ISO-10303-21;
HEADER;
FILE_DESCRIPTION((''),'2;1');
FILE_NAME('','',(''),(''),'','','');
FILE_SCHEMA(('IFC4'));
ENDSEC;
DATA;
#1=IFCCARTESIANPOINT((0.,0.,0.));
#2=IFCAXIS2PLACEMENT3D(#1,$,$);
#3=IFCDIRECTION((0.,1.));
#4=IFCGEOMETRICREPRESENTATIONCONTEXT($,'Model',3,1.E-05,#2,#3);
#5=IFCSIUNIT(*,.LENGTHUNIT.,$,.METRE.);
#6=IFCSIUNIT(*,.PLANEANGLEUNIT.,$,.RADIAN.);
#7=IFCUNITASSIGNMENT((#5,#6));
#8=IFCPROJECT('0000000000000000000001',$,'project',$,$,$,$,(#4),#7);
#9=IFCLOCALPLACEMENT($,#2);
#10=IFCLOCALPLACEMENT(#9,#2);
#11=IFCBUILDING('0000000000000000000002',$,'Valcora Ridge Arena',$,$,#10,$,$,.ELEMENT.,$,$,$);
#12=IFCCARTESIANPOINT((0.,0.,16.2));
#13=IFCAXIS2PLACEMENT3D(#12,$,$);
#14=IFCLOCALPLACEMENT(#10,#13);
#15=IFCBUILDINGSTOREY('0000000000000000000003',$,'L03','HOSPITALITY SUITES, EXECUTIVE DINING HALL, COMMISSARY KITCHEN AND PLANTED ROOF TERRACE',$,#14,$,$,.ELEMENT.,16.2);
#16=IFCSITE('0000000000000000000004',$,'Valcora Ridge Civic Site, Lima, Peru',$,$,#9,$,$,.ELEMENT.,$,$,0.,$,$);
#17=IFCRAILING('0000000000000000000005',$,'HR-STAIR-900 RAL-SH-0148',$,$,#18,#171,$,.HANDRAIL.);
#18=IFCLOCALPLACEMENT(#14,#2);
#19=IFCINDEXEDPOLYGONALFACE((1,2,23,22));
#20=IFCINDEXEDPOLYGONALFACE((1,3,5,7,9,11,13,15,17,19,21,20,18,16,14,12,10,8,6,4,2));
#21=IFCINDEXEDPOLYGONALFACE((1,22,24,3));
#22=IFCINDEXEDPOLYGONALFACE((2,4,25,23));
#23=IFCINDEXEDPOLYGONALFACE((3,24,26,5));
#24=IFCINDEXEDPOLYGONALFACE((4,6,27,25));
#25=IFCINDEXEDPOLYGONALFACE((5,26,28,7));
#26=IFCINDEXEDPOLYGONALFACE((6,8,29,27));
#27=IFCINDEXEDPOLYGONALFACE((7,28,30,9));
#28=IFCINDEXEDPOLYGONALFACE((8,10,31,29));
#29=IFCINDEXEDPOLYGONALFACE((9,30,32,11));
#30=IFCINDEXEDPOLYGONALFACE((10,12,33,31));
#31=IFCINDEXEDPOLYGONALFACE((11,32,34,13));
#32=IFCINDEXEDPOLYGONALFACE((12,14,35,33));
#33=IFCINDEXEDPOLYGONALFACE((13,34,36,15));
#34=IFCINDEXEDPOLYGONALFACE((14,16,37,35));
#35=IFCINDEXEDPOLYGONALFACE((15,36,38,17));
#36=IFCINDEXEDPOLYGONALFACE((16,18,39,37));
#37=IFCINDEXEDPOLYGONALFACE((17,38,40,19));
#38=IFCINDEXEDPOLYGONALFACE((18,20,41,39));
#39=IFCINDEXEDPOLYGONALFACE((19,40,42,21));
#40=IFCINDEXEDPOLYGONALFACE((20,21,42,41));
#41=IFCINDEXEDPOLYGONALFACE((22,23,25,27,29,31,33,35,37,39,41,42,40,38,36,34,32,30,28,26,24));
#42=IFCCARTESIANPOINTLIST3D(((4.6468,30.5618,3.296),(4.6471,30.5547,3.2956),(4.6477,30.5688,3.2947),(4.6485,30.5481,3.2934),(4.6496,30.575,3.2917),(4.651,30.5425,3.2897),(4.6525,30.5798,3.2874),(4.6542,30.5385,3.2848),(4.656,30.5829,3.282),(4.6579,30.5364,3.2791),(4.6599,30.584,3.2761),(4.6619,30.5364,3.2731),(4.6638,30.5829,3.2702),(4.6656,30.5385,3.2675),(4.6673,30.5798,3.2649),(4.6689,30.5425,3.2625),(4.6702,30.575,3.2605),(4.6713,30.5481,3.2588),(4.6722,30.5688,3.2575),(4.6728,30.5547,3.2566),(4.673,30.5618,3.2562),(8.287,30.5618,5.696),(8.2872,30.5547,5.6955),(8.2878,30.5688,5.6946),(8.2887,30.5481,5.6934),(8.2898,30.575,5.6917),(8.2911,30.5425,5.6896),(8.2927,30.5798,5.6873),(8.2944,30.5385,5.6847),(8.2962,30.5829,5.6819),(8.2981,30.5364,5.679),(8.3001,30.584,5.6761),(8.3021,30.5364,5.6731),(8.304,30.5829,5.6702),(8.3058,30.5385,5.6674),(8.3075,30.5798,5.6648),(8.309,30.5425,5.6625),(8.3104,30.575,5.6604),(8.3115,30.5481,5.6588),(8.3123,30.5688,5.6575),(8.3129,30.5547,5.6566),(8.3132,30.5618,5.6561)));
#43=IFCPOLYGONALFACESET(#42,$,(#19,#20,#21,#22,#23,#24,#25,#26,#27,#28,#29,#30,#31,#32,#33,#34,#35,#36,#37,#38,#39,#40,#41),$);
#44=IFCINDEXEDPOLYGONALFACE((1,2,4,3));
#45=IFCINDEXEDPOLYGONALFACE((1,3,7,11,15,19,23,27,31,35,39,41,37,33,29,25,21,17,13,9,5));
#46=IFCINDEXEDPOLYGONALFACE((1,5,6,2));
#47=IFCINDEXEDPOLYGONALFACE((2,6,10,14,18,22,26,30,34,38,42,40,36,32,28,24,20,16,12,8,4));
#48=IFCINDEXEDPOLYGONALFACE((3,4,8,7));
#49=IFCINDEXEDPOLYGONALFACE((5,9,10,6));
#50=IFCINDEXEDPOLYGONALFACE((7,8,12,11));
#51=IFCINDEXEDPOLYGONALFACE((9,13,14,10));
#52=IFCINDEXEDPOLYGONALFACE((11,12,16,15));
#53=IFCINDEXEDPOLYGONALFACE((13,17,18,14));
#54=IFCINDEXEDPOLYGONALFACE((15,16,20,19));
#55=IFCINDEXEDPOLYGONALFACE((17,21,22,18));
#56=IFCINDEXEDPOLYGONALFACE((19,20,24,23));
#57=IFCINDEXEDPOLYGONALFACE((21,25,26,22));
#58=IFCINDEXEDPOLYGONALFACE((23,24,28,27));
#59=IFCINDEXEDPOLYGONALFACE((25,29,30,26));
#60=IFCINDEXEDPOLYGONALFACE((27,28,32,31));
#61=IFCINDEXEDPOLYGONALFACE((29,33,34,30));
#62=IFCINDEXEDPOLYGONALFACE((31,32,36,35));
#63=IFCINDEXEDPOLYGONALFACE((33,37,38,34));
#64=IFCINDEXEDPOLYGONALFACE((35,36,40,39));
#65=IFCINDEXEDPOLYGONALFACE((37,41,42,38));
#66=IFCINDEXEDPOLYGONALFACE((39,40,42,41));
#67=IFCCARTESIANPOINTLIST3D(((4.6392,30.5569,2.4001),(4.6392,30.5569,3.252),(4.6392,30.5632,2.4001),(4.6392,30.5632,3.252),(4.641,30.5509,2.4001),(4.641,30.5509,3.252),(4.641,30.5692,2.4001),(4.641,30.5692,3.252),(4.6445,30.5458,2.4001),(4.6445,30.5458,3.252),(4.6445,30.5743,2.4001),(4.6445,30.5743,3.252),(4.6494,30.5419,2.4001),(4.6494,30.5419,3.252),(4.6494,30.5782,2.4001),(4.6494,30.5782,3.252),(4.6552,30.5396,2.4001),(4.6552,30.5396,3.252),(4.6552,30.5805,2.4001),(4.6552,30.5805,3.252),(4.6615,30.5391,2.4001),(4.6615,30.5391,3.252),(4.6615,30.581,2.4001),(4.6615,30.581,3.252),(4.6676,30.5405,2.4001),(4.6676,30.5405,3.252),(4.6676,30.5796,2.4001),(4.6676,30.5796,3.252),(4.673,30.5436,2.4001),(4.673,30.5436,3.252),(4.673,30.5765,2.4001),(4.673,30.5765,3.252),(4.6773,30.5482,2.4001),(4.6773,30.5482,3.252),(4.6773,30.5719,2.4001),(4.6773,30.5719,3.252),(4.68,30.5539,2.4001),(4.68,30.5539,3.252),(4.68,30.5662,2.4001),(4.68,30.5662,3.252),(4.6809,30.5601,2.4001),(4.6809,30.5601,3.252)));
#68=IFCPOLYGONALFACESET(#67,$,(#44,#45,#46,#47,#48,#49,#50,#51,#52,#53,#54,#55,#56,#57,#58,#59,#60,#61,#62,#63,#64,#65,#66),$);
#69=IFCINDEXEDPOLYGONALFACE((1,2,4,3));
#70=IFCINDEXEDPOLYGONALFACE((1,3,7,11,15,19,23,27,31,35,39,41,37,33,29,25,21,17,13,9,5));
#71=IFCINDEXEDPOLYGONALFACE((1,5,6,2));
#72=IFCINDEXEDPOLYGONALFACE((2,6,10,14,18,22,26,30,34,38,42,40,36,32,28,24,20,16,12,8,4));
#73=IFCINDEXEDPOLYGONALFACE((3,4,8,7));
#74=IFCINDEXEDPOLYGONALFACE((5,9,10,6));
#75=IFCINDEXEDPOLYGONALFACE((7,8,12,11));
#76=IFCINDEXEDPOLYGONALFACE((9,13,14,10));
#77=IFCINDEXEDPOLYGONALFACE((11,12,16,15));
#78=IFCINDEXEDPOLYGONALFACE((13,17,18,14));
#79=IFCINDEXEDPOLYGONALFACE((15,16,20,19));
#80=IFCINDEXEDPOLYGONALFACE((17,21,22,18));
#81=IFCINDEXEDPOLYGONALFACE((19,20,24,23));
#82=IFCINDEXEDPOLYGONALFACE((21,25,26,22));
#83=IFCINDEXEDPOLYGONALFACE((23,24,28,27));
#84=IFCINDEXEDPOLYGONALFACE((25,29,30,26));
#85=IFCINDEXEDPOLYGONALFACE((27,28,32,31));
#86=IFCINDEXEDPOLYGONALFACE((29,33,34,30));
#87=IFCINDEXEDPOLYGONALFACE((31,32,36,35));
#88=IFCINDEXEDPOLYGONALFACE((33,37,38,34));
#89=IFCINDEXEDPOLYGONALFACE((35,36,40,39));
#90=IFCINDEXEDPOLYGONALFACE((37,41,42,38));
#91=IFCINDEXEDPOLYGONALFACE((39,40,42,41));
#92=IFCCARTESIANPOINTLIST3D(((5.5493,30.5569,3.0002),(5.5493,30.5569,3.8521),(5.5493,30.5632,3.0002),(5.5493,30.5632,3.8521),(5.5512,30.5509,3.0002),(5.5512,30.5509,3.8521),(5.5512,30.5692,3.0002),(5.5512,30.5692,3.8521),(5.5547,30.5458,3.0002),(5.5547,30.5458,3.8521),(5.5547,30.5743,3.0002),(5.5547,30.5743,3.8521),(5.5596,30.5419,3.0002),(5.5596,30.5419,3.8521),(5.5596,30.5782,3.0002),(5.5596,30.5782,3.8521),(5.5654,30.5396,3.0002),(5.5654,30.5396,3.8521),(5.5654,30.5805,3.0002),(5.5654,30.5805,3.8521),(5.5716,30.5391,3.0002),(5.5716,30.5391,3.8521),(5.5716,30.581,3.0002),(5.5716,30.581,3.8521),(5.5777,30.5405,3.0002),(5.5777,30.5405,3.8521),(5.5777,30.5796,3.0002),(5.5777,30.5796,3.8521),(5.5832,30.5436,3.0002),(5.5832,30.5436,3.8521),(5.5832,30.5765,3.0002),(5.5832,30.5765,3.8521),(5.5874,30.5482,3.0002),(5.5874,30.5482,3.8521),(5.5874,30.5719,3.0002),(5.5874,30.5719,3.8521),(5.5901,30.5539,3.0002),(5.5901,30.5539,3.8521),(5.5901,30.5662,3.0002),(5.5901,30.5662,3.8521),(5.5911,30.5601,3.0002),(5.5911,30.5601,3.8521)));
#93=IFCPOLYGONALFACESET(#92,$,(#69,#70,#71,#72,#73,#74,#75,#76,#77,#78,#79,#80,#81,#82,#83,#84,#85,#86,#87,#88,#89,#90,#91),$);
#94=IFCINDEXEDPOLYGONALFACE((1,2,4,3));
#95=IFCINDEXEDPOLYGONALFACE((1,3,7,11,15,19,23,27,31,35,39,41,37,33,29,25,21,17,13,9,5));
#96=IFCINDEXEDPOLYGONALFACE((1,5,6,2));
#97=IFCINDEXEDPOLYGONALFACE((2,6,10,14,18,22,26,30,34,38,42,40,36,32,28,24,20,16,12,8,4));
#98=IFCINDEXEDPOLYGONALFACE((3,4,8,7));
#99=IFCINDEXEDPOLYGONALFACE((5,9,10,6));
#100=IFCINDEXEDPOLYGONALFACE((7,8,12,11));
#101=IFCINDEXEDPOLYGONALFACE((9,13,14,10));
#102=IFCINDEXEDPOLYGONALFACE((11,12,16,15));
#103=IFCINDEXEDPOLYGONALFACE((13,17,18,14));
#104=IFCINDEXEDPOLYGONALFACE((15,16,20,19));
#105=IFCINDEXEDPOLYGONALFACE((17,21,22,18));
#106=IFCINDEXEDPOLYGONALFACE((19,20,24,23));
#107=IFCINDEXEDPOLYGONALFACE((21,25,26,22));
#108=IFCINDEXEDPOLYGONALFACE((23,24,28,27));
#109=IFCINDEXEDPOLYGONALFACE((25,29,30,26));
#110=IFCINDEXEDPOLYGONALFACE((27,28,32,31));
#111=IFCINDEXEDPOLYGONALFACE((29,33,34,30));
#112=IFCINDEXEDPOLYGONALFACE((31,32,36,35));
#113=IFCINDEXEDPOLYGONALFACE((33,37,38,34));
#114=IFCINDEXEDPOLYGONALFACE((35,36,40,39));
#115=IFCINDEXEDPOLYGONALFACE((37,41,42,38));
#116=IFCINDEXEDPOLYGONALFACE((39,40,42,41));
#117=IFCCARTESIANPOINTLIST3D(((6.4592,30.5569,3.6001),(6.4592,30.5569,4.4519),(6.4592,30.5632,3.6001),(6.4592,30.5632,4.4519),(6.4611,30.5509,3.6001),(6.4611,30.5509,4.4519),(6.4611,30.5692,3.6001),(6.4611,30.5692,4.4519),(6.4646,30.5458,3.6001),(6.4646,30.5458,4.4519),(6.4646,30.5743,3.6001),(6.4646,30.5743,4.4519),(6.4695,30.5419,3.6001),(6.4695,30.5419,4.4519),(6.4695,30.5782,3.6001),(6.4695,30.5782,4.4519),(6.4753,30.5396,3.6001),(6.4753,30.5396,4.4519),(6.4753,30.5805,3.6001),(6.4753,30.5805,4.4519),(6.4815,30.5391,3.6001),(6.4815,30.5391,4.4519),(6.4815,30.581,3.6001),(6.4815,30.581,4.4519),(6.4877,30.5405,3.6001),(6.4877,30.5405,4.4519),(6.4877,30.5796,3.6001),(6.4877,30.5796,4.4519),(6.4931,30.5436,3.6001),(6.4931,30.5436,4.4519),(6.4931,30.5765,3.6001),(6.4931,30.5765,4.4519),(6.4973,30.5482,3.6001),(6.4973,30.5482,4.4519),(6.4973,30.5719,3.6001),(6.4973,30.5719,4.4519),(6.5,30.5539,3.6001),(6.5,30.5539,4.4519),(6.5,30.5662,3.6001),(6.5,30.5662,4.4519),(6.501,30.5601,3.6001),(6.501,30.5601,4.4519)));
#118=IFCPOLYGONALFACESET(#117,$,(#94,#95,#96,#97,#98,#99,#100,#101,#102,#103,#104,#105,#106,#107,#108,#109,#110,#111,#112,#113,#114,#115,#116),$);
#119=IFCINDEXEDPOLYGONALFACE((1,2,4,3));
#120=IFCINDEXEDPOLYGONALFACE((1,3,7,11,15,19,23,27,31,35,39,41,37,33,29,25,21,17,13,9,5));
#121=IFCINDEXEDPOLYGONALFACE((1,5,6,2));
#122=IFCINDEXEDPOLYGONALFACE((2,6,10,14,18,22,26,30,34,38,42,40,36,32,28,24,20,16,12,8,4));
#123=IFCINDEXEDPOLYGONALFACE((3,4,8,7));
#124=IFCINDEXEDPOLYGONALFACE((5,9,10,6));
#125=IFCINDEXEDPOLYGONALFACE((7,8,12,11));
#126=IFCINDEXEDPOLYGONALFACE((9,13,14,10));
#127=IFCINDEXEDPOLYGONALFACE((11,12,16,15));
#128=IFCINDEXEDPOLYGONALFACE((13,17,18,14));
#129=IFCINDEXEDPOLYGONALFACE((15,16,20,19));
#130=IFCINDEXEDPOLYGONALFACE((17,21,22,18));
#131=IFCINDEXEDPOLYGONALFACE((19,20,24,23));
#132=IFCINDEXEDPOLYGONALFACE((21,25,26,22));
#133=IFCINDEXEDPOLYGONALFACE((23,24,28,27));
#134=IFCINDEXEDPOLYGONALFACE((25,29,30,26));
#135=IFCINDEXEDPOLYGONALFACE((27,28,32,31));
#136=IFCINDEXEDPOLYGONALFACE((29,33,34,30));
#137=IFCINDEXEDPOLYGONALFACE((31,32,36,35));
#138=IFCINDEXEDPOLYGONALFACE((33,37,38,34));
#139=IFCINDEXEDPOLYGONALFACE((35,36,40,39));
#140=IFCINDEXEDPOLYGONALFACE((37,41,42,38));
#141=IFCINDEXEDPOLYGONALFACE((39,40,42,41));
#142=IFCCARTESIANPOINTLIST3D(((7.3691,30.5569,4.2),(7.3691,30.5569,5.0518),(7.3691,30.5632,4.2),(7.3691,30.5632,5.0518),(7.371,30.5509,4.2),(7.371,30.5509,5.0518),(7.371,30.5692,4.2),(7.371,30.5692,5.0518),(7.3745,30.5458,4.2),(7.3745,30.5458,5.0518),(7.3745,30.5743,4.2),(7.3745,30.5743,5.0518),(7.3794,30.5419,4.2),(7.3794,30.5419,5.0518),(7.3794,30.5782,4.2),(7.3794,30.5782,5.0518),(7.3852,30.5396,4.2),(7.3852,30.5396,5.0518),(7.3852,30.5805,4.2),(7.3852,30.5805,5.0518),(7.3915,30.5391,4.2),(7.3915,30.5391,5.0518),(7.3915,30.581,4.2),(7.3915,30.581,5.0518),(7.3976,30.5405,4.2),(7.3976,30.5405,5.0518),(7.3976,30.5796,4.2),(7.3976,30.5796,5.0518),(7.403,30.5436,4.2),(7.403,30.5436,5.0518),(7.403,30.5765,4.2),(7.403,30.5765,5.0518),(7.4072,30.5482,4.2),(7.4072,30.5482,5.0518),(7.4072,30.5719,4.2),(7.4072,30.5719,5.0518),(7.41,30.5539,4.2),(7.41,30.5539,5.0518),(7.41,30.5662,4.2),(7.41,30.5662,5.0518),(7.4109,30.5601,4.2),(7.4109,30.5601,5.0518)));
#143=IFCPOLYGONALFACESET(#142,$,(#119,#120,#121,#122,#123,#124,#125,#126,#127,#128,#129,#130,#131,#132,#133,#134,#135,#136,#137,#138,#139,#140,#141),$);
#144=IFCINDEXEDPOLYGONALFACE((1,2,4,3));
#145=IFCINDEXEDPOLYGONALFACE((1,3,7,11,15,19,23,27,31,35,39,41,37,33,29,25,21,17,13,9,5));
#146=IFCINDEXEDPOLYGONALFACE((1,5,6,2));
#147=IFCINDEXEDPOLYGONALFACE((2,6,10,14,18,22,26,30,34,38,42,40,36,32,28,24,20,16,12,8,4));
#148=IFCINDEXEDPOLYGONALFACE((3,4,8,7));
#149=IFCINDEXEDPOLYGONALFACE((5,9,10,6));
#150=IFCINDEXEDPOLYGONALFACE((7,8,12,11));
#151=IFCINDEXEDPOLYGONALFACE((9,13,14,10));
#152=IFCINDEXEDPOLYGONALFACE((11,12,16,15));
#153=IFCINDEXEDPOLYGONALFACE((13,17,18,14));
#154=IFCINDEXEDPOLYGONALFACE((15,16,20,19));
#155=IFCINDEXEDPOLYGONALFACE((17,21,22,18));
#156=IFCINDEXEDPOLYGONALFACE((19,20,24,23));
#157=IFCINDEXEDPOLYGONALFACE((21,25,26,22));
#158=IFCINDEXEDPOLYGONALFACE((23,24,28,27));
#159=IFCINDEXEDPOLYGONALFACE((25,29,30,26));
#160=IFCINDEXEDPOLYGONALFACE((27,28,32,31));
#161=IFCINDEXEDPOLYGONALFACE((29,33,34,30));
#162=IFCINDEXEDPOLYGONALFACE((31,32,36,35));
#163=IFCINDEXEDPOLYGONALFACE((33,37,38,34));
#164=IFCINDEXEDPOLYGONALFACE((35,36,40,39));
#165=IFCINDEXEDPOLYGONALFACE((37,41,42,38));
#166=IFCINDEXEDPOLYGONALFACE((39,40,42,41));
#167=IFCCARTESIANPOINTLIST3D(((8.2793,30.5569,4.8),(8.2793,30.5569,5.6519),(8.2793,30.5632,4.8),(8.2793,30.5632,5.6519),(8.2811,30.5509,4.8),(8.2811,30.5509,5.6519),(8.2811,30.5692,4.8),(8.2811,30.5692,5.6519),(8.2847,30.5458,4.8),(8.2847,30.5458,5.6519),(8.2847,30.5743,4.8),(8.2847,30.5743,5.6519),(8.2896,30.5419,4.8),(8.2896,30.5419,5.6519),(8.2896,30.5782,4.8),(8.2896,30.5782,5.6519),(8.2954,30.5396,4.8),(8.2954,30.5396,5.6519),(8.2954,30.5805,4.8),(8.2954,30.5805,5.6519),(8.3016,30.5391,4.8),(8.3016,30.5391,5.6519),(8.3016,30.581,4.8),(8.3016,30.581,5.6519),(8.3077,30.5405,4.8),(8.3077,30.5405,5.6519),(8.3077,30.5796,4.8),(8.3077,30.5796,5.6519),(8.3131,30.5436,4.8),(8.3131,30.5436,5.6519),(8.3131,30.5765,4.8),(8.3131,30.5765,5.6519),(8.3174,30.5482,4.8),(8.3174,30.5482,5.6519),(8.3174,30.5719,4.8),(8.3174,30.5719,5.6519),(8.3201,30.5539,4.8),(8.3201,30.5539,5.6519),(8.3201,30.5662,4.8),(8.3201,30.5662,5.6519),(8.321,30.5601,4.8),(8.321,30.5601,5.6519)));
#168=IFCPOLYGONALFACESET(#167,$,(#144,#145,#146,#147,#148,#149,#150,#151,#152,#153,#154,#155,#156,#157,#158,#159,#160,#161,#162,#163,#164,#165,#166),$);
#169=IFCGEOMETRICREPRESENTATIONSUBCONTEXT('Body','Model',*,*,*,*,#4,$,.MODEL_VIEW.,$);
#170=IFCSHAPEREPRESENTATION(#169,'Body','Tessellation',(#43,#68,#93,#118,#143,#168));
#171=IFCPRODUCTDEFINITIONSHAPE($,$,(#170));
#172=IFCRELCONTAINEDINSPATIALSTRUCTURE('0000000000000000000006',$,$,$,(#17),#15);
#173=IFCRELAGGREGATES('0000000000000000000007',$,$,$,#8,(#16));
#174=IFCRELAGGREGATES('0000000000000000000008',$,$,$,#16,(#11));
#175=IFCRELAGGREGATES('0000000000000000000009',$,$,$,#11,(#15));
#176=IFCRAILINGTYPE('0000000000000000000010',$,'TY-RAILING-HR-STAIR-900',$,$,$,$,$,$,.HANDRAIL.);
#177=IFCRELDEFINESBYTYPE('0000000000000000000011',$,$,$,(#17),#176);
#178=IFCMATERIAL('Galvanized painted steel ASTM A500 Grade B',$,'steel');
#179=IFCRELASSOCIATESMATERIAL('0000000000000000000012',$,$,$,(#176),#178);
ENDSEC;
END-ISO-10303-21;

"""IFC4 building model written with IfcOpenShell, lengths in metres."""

from ifc_helpers import new_model, si_unit, direction, frame, origin, origin_2d, place, context, subcontext, project, spatial, circle, extrude, material, type_object, element, save


model = new_model("IFC4")

# Units and contexts
model_context = context("Model", 3, precision=1e-05, world=origin(), true_north=direction((0.0, 1.0)))
body_context = subcontext(model_context, "Body", "Model", "MODEL_VIEW")
ifc_project = project(units=[si_unit("LENGTHUNIT", "METRE"), si_unit("PLANEANGLEUNIT", "RADIAN")], contexts=[model_context])

# Site, building, storey
site_placement = place(None, origin())
site = spatial("IfcSite", under=ifc_project, at=site_placement, Name="Valcora Ridge Civic Site, Lima, Peru", CompositionType="ELEMENT", RefElevation=0.0)
building_placement = place(site_placement, origin())
building = spatial("IfcBuilding", under=site, at=building_placement, Name="Valcora Ridge Arena", CompositionType="ELEMENT")
storey_placement = place(building_placement, frame((0.0, 0.0, 16.2)))
storey = spatial("IfcBuildingStorey", under=building, at=storey_placement, Name="L03", Description="HOSPITALITY SUITES, EXECUTIVE DINING HALL, COMMISSARY KITCHEN AND PLANTED ROOF TERRACE", CompositionType="ELEMENT", Elevation=16.2)

# Railing
ifc_material_1 = material(Name="Galvanized painted steel ASTM A500 Grade B", Category="steel")
railing_type_1 = type_object("IfcRailingType", Name="TY-RAILING-HR-STAIR-900", PredefinedType="HANDRAIL", material=ifc_material_1)
railing_1_placement = place(storey_placement, frame((4.6599, 30.5601, 2.4001)))
element("IfcRailing", 1, at=railing_1_placement, inside=storey, type_object=railing_type_1, Name="HR-STAIR-900 RAL-SH-0148", PredefinedType="HANDRAIL", context=body_context, shape_type="SweptSolid", body=[
    extrude(circle(Radius=0.0239, at=origin_2d()), frame((0.0, 0.0, 0.876), z_axis=(0.834882, 0.0, 0.550429), x_axis=(0.0, 1.0, 0.0)), (0.0, 0.0, 1.0), 4.3601),
    extrude(circle(Radius=0.021, at=origin_2d()), origin(), (0.0, 0.0, 1.0), 0.8518),
    extrude(circle(Radius=0.021, at=origin_2d()), frame((0.9102, 0.0, 0.6001)), (0.0, 0.0, 1.0), 0.8518),
    extrude(circle(Radius=0.021, at=origin_2d()), frame((1.8201, 0.0, 1.2)), (0.0, 0.0, 1.0), 0.8518),
    extrude(circle(Radius=0.021, at=origin_2d()), frame((2.73, 0.0, 1.7998)), (0.0, 0.0, 1.0), 0.8518),
    extrude(circle(Radius=0.021, at=origin_2d()), frame((3.6401, 0.0, 2.3999)), (0.0, 0.0, 1.0), 0.8518),
])

save(model, "model.ifc")
